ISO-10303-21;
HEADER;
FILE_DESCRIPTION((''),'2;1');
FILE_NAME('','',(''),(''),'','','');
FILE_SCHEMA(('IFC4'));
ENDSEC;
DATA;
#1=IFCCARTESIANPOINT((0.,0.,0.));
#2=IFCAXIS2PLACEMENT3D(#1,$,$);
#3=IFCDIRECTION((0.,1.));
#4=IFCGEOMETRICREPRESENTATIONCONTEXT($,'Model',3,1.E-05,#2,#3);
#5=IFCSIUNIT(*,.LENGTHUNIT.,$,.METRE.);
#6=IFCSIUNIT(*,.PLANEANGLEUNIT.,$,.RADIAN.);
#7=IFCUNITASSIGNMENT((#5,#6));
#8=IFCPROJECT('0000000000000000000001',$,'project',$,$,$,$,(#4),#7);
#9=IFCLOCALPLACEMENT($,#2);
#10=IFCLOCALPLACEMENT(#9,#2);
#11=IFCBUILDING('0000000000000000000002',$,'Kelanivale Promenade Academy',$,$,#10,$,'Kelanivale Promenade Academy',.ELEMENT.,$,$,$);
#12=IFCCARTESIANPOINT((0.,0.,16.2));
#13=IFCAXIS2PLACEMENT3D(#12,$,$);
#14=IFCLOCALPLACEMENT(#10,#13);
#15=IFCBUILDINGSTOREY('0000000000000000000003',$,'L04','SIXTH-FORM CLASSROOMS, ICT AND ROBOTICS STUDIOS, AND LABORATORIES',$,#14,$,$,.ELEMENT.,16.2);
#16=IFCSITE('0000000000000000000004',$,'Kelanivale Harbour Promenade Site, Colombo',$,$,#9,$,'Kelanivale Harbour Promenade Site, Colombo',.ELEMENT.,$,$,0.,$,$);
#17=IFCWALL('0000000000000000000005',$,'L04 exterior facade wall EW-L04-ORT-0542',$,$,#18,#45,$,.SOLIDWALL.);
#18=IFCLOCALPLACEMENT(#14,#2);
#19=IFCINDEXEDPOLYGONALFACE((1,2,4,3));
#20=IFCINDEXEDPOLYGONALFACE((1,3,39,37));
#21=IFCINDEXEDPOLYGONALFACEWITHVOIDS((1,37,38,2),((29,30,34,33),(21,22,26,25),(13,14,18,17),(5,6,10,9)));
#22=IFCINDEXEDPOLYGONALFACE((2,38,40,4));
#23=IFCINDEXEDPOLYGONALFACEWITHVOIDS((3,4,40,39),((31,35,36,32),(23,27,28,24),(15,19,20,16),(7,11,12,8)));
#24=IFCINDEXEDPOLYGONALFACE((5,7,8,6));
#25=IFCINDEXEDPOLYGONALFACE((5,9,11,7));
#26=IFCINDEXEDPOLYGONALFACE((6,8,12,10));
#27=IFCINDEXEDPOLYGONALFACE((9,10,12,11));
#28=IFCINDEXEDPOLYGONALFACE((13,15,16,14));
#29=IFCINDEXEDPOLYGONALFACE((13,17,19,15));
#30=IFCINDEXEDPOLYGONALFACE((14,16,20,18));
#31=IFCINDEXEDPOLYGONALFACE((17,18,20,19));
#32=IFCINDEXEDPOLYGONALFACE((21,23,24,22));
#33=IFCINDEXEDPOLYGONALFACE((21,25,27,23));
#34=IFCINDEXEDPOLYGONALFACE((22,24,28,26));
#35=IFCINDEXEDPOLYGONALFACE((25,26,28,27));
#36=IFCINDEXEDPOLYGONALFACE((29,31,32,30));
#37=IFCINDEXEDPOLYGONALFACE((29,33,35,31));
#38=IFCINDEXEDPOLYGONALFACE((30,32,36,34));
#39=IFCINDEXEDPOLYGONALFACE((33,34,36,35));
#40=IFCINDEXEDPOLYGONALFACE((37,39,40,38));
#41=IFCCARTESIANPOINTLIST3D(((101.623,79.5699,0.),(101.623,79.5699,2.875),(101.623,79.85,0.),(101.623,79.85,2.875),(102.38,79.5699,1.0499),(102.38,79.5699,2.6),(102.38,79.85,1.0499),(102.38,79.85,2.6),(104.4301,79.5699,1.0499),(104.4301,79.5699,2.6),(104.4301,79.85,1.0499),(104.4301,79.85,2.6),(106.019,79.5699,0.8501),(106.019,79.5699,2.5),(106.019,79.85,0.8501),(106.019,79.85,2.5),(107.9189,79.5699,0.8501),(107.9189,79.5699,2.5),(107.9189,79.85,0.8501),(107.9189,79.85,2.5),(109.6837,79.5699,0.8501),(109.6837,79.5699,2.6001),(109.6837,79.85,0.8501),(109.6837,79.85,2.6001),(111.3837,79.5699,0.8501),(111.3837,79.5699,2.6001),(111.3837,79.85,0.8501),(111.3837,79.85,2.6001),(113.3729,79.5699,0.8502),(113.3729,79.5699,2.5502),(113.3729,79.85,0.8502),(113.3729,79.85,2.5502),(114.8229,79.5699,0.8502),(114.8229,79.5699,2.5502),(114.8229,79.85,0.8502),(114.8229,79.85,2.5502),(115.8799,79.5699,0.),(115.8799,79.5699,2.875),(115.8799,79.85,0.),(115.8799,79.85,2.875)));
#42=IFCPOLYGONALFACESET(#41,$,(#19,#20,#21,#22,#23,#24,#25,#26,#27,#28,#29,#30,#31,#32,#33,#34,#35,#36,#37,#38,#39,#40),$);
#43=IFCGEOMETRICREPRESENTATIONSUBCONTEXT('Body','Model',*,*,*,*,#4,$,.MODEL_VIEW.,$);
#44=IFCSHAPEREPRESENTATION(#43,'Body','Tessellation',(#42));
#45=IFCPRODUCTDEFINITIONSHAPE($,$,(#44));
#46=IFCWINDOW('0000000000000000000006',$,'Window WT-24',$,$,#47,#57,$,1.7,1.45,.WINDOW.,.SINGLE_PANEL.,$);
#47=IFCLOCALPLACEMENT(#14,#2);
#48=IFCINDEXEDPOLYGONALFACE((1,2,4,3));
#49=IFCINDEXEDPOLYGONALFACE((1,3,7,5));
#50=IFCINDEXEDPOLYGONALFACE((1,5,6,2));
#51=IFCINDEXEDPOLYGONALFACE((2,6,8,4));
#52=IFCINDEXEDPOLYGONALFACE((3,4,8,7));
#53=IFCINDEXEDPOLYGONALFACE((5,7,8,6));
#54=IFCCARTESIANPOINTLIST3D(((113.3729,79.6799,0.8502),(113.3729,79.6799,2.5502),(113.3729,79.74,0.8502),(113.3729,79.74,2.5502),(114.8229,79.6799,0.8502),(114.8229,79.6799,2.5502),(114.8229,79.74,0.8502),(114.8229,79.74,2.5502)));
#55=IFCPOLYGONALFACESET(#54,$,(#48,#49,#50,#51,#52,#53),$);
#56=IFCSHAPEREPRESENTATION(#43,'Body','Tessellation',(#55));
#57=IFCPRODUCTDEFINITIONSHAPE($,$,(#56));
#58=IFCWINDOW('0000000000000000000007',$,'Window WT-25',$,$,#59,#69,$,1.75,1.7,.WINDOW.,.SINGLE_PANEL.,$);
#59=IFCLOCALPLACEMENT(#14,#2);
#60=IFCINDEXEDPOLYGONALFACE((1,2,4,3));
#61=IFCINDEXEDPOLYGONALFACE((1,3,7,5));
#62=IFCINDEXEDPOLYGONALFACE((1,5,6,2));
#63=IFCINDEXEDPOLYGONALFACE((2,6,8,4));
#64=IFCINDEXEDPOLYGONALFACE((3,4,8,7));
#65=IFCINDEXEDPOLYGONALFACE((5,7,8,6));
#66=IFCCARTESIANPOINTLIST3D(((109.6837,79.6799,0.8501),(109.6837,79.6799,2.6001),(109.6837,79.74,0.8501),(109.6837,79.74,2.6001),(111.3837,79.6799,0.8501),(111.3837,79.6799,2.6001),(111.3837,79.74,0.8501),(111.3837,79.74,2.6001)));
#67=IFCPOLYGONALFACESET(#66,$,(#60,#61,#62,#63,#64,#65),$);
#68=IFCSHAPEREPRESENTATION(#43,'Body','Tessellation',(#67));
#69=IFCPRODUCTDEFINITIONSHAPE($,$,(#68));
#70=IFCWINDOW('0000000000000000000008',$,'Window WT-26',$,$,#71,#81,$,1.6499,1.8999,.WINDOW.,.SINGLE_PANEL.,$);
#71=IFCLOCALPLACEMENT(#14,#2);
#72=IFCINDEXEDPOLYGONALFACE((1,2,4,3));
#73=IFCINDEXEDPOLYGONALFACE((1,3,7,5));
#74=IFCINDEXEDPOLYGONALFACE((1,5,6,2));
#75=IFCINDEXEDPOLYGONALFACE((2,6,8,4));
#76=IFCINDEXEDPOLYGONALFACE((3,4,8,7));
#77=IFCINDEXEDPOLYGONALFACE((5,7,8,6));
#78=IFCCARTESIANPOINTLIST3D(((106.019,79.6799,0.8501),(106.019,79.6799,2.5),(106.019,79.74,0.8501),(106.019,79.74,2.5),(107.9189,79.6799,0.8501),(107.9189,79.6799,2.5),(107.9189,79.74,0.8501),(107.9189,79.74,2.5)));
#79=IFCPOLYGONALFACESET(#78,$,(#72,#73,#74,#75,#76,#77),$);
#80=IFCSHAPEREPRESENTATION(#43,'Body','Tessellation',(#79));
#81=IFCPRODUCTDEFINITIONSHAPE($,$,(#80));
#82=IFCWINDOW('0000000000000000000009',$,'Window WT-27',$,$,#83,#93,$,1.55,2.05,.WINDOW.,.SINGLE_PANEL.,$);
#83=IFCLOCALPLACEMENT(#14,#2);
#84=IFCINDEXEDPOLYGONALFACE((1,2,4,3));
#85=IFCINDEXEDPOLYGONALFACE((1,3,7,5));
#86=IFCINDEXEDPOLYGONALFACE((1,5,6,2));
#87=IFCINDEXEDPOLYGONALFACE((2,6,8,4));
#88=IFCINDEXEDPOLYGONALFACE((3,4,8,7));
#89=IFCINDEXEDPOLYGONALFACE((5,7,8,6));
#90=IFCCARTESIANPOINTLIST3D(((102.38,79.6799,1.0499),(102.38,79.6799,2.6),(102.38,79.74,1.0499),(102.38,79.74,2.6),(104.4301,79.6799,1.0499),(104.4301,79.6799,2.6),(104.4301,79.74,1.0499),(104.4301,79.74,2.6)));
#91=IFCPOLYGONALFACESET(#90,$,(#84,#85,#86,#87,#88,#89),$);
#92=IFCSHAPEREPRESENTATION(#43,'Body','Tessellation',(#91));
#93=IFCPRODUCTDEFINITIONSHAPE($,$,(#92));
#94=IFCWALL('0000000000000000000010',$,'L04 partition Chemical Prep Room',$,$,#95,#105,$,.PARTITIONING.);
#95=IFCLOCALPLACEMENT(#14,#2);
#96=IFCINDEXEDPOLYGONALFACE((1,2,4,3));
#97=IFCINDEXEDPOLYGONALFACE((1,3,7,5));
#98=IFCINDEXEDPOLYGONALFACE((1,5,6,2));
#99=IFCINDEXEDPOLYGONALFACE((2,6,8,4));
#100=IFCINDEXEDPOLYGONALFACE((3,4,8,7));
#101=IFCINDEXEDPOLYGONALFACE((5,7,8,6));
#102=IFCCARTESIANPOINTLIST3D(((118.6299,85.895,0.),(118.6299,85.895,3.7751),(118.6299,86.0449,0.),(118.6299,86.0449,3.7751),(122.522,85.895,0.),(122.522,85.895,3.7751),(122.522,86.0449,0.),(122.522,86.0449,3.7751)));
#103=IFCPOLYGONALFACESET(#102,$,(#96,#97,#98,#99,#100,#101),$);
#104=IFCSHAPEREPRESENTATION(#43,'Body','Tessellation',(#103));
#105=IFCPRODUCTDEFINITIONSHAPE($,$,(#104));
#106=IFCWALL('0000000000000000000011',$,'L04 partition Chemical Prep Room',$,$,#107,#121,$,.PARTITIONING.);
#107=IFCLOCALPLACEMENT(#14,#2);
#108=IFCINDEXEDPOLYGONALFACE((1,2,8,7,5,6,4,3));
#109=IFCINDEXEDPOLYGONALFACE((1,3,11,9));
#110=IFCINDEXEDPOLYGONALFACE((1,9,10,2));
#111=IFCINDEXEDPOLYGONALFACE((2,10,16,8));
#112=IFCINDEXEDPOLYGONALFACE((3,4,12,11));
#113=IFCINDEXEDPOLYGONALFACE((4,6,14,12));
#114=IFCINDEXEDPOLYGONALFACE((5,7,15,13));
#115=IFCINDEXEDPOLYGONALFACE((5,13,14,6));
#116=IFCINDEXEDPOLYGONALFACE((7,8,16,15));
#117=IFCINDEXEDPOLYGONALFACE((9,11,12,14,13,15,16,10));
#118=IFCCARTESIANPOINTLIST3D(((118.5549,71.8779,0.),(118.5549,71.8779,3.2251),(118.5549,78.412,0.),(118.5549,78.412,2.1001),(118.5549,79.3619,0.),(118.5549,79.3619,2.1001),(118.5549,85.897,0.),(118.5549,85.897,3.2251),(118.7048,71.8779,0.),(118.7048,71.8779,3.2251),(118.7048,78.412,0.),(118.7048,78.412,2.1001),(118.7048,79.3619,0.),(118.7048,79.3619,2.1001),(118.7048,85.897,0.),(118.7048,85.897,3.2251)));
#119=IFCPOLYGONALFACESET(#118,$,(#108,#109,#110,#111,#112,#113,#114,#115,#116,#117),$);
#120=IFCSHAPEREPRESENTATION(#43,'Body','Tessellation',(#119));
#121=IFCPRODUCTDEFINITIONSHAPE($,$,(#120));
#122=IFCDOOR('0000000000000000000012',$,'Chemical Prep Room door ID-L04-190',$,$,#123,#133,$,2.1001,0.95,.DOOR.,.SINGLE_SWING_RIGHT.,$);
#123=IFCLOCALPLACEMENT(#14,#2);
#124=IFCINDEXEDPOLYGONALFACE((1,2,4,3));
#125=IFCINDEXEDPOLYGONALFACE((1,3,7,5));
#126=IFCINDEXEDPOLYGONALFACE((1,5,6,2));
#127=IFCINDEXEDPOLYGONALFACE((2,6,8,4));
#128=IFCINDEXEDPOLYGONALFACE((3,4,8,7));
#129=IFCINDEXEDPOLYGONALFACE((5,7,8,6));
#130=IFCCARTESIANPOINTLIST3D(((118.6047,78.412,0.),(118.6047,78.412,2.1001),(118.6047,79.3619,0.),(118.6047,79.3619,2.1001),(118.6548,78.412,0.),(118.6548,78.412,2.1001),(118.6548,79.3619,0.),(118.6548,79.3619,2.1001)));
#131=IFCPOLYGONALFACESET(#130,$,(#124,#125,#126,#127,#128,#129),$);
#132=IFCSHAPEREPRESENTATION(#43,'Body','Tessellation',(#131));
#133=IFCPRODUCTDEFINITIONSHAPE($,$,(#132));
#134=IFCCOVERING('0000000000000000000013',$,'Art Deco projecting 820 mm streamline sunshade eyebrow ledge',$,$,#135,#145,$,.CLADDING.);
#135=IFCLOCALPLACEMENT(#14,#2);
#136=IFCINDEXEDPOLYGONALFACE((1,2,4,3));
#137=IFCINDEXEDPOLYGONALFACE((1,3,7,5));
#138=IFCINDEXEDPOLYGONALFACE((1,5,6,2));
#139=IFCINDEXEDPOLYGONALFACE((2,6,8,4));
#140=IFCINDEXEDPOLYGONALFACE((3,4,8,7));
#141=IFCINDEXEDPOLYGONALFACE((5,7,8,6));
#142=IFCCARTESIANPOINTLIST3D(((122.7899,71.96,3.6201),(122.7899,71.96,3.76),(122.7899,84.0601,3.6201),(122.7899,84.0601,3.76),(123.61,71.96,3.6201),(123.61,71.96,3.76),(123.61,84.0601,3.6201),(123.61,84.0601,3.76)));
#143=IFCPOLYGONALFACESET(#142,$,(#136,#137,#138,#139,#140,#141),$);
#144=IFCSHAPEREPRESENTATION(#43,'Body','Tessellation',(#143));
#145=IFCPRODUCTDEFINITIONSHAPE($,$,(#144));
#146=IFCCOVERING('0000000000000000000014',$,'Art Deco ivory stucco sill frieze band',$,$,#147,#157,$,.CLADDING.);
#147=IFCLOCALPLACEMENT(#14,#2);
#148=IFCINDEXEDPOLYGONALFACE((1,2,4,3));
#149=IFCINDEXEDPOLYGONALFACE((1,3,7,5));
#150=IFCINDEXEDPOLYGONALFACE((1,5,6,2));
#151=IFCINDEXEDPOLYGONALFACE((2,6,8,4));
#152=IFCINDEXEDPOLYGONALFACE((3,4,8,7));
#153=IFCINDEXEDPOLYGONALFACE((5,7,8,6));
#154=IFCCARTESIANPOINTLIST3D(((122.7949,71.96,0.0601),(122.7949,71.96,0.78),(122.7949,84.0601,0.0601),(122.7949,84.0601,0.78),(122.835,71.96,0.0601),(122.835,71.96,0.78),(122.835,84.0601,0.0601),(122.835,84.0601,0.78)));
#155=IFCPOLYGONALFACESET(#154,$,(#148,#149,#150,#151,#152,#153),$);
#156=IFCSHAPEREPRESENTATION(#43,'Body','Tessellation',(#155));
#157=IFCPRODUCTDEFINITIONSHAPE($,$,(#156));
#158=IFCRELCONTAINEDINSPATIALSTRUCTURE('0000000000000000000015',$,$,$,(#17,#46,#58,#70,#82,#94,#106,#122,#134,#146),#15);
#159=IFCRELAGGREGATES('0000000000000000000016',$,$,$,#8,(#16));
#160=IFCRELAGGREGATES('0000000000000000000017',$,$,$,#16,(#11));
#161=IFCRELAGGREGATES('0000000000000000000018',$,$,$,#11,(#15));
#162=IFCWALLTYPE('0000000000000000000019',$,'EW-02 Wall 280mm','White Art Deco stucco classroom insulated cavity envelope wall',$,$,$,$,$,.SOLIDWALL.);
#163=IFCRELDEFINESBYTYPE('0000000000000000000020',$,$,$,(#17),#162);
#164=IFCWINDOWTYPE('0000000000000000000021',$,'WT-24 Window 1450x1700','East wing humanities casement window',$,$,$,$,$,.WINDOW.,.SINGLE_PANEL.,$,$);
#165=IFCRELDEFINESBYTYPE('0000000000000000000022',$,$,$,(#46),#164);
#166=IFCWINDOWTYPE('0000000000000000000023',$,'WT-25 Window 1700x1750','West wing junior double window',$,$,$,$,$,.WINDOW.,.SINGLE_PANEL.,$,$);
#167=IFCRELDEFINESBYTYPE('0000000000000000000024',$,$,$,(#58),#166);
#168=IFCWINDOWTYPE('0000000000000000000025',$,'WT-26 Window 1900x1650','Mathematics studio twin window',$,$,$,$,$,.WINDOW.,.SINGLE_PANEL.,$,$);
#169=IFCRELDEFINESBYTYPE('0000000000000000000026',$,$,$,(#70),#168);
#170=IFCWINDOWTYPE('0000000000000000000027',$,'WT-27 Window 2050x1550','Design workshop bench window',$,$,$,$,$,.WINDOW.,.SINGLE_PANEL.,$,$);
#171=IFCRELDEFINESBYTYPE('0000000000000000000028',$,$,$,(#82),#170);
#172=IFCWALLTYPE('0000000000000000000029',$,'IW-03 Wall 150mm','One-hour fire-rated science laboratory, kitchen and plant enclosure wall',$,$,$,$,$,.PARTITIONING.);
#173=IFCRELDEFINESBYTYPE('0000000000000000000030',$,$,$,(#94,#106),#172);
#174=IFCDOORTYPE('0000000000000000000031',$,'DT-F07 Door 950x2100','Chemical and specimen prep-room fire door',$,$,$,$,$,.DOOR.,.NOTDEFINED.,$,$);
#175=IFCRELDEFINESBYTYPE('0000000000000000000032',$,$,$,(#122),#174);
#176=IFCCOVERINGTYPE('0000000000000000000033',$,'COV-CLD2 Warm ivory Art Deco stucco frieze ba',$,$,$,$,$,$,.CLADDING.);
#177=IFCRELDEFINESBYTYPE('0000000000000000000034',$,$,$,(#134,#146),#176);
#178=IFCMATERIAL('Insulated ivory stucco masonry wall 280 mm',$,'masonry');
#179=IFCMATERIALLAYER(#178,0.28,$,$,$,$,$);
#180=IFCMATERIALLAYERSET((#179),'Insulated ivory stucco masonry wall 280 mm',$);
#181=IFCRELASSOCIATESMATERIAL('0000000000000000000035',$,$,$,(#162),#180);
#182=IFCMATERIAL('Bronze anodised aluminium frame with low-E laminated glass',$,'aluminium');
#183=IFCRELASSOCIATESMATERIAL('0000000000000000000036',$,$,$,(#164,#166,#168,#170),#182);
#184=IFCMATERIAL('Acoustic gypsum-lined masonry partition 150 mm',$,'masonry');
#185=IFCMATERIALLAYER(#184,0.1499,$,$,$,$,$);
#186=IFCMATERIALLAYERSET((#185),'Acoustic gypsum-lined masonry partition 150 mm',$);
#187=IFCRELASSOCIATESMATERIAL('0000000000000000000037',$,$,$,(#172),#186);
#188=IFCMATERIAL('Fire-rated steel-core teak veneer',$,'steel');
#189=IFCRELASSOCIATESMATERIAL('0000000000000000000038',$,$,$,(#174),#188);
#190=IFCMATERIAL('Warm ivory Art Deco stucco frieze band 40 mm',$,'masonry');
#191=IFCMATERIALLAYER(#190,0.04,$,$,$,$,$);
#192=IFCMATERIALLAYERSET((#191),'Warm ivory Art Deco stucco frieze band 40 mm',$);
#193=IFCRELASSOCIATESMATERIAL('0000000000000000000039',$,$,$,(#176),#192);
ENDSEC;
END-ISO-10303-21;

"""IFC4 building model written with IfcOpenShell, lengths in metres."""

from ifc_helpers import new_model, si_unit, direction, frame, frame_2d, origin, origin_2d, place, context, subcontext, project, spatial, rectangle, extrude, material, layer, layer_set, type_object, element, fill, save


model = new_model("IFC4")

# Units and contexts
model_context = context("Model", 3, precision=1e-05, world=origin(), true_north=direction((0.0, 1.0)))
body_context = subcontext(model_context, "Body", "Model", "MODEL_VIEW")
ifc_project = project(units=[si_unit("LENGTHUNIT", "METRE"), si_unit("PLANEANGLEUNIT", "RADIAN")], contexts=[model_context])

# Site, building, storey
site_placement = place(None, origin())
site = spatial("IfcSite", under=ifc_project, at=site_placement, Name="Kelanivale Harbour Promenade Site, Colombo", LongName="Kelanivale Harbour Promenade Site, Colombo", CompositionType="ELEMENT", RefElevation=0.0)
building_placement = place(site_placement, origin())
building = spatial("IfcBuilding", under=site, at=building_placement, Name="Kelanivale Promenade Academy", LongName="Kelanivale Promenade Academy", CompositionType="ELEMENT")
storey_placement = place(building_placement, frame((0.0, 0.0, 16.2)))
storey = spatial("IfcBuildingStorey", under=building, at=storey_placement, Name="L04", Description="SIXTH-FORM CLASSROOMS, ICT AND ROBOTICS STUDIOS, AND LABORATORIES", CompositionType="ELEMENT", Elevation=16.2)

# Wall, openings, windows
ifc_material_1 = material(Name="Insulated ivory stucco masonry wall 280 mm", Category="masonry")
ifc_layer_1 = layer(ifc_material_1, 0.28)
ifc_layer_set_1 = layer_set([ifc_layer_1], Name="Insulated ivory stucco masonry wall 280 mm")
wall_type_1 = type_object("IfcWallType", Name="EW-02 Wall 280mm", Description="White Art Deco stucco classroom insulated cavity envelope wall", PredefinedType="SOLIDWALL", material=ifc_layer_set_1)
ifc_material_2 = material(Name="Bronze anodised aluminium frame with low-E laminated glass", Category="aluminium")
wall_1_placement = place(storey_placement, frame((115.8799, 79.71, 0.0), z_axis=(0.0, 0.0, 1.0), x_axis=(-1.0, 0.0, 0.0)))
wall_1 = element("IfcWall", 1, at=wall_1_placement, inside=storey, type_object=wall_type_1, Name="L04 exterior facade wall EW-L04-ORT-0542", PredefinedType="SOLIDWALL", context=body_context, shape_type="SweptSolid", body=[
    extrude(rectangle(XDim=14.2568, YDim=0.28, at=frame_2d((7.1284, 0.0))), origin(), (0.0, 0.0, 1.0), 2.875),
])
opening_1_placement = place(wall_1_placement, frame((1.0569, 0.0, 0.8501)))
opening_1 = element("IfcOpeningElement", 2, at=opening_1_placement, cuts=wall_1, PredefinedType="OPENING", context=body_context, shape_type="SweptSolid", body=[
    extrude(rectangle(XDim=1.45, YDim=1.7, at=frame_2d((0.7251, 0.8501))), frame((0.0, 0.1499, 0.0), z_axis=(0.0, -1.0, 0.0), x_axis=(1.0, 0.0, 0.0)), (0.0, 0.0, 1.0), 0.3),
])
opening_2_placement = place(wall_1_placement, frame((4.4961, 0.0, 0.8501)))
opening_2 = element("IfcOpeningElement", 3, at=opening_2_placement, cuts=wall_1, PredefinedType="OPENING", context=body_context, shape_type="SweptSolid", body=[
    extrude(rectangle(XDim=1.7, YDim=1.75, at=frame_2d((0.8501, 0.875))), frame((0.0, 0.1499, 0.0), z_axis=(0.0, -1.0, 0.0), x_axis=(1.0, 0.0, 0.0)), (0.0, 0.0, 1.0), 0.3),
])
opening_3_placement = place(wall_1_placement, frame((7.9609, 0.0, 0.8501)))
opening_3 = element("IfcOpeningElement", 4, at=opening_3_placement, cuts=wall_1, PredefinedType="OPENING", context=body_context, shape_type="SweptSolid", body=[
    extrude(rectangle(XDim=1.8999, YDim=1.6499, at=frame_2d((0.95, 0.825))), frame((0.0, 0.1499, 0.0), z_axis=(0.0, -1.0, 0.0), x_axis=(1.0, 0.0, 0.0)), (0.0, 0.0, 1.0), 0.3),
])
opening_4_placement = place(wall_1_placement, frame((11.45, 0.0, 1.05)))
opening_4 = element("IfcOpeningElement", 5, at=opening_4_placement, cuts=wall_1, PredefinedType="OPENING", context=body_context, shape_type="SweptSolid", body=[
    extrude(rectangle(XDim=2.05, YDim=1.55, at=frame_2d((1.0249, 0.7749))), frame((0.0, 0.1499, 0.0), z_axis=(0.0, -1.0, 0.0), x_axis=(1.0, 0.0, 0.0)), (0.0, 0.0, 1.0), 0.3),
])
window_type_1 = type_object("IfcWindowType", Name="WT-24 Window 1450x1700", Description="East wing humanities casement window", PartitioningType="SINGLE_PANEL", PredefinedType="WINDOW", material=ifc_material_2)
window_1_placement = place(opening_1_placement, origin())
window_1 = element("IfcWindow", 6, at=window_1_placement, inside=storey, type_object=window_type_1, Name="Window WT-24", OverallHeight=1.7, OverallWidth=1.45, PartitioningType="SINGLE_PANEL", PredefinedType="WINDOW", context=body_context, shape_type="SweptSolid", body=[
    extrude(rectangle(XDim=1.45, YDim=1.7, at=frame_2d((0.7251, 0.8501))), frame((0.0, 0.03, 0.0), z_axis=(0.0, -1.0, 0.0), x_axis=(1.0, 0.0, 0.0)), (0.0, 0.0, 1.0), 0.0601),
])
fill(opening_1, window_1)
window_type_2 = type_object("IfcWindowType", Name="WT-25 Window 1700x1750", Description="West wing junior double window", PartitioningType="SINGLE_PANEL", PredefinedType="WINDOW", material=ifc_material_2)
window_2_placement = place(opening_2_placement, origin())
window_2 = element("IfcWindow", 7, at=window_2_placement, inside=storey, type_object=window_type_2, Name="Window WT-25", OverallHeight=1.75, OverallWidth=1.7, PartitioningType="SINGLE_PANEL", PredefinedType="WINDOW", context=body_context, shape_type="SweptSolid", body=[
    extrude(rectangle(XDim=1.7, YDim=1.75, at=frame_2d((0.8501, 0.875))), frame((0.0, 0.03, 0.0), z_axis=(0.0, -1.0, 0.0), x_axis=(1.0, 0.0, 0.0)), (0.0, 0.0, 1.0), 0.0601),
])
fill(opening_2, window_2)
window_type_3 = type_object("IfcWindowType", Name="WT-26 Window 1900x1650", Description="Mathematics studio twin window", PartitioningType="SINGLE_PANEL", PredefinedType="WINDOW", material=ifc_material_2)
window_3_placement = place(opening_3_placement, origin())
window_3 = element("IfcWindow", 8, at=window_3_placement, inside=storey, type_object=window_type_3, Name="Window WT-26", OverallHeight=1.6499, OverallWidth=1.8999, PartitioningType="SINGLE_PANEL", PredefinedType="WINDOW", context=body_context, shape_type="SweptSolid", body=[
    extrude(rectangle(XDim=1.8999, YDim=1.6499, at=frame_2d((0.95, 0.825))), frame((0.0, 0.03, 0.0), z_axis=(0.0, -1.0, 0.0), x_axis=(1.0, 0.0, 0.0)), (0.0, 0.0, 1.0), 0.0601),
])
fill(opening_3, window_3)
window_type_4 = type_object("IfcWindowType", Name="WT-27 Window 2050x1550", Description="Design workshop bench window", PartitioningType="SINGLE_PANEL", PredefinedType="WINDOW", material=ifc_material_2)
window_4_placement = place(opening_4_placement, origin())
window_4 = element("IfcWindow", 9, at=window_4_placement, inside=storey, type_object=window_type_4, Name="Window WT-27", OverallHeight=1.55, OverallWidth=2.05, PartitioningType="SINGLE_PANEL", PredefinedType="WINDOW", context=body_context, shape_type="SweptSolid", body=[
    extrude(rectangle(XDim=2.05, YDim=1.55, at=frame_2d((1.0249, 0.7749))), frame((0.0, 0.03, 0.0), z_axis=(0.0, -1.0, 0.0), x_axis=(1.0, 0.0, 0.0)), (0.0, 0.0, 1.0), 0.0601),
])
fill(opening_4, window_4)

# Wall
ifc_material_3 = material(Name="Acoustic gypsum-lined masonry partition 150 mm", Category="masonry")
ifc_layer_2 = layer(ifc_material_3, 0.1499)
ifc_layer_set_2 = layer_set([ifc_layer_2], Name="Acoustic gypsum-lined masonry partition 150 mm")
wall_type_2 = type_object("IfcWallType", Name="IW-03 Wall 150mm", Description="One-hour fire-rated science laboratory, kitchen and plant enclosure wall", PredefinedType="PARTITIONING", material=ifc_layer_set_2)
wall_2_placement = place(storey_placement, frame((122.522, 85.97, 0.0), z_axis=(0.0, 0.0, 1.0), x_axis=(-1.0, 0.0, 0.0)))
element("IfcWall", 10, at=wall_2_placement, inside=storey, type_object=wall_type_2, Name="L04 partition Chemical Prep Room", PredefinedType="PARTITIONING", context=body_context, shape_type="SweptSolid", body=[
    extrude(rectangle(XDim=3.8921, YDim=0.1499, at=frame_2d((1.946, 0.0))), origin(), (0.0, 0.0, 1.0), 3.7751),
])

# Wall, opening, door
wall_3_placement = place(storey_placement, frame((118.6299, 85.897, 0.0), z_axis=(0.0, 0.0, 1.0), x_axis=(0.0, -1.0, 0.0)))
wall_3 = element("IfcWall", 11, at=wall_3_placement, inside=storey, type_object=wall_type_2, Name="L04 partition Chemical Prep Room", PredefinedType="PARTITIONING", context=body_context, shape_type="SweptSolid", body=[
    extrude(rectangle(XDim=14.019, YDim=0.1499, at=frame_2d((7.0095, 0.0))), origin(), (0.0, 0.0, 1.0), 3.2251),
])
opening_5_placement = place(wall_3_placement, frame((6.5349, 0.0, 0.0)))
opening_5 = element("IfcOpeningElement", 12, at=opening_5_placement, cuts=wall_3, PredefinedType="OPENING", context=body_context, shape_type="SweptSolid", body=[
    extrude(rectangle(XDim=0.95, YDim=2.1001, at=frame_2d((0.4751, 1.05))), frame((0.0, 0.085, 0.0), z_axis=(0.0, -1.0, 0.0), x_axis=(1.0, 0.0, 0.0)), (0.0, 0.0, 1.0), 0.1699),
])
ifc_material_4 = material(Name="Fire-rated steel-core teak veneer", Category="steel")
door_type = type_object("IfcDoorType", Name="DT-F07 Door 950x2100", Description="Chemical and specimen prep-room fire door", OperationType="NOTDEFINED", PredefinedType="DOOR", material=ifc_material_4)
door_placement = place(opening_5_placement, origin())
door = element("IfcDoor", 13, at=door_placement, inside=storey, type_object=door_type, Name="Chemical Prep Room door ID-L04-190", OperationType="SINGLE_SWING_RIGHT", OverallHeight=2.1001, OverallWidth=0.95, PredefinedType="DOOR", context=body_context, shape_type="SweptSolid", body=[
    extrude(rectangle(XDim=0.95, YDim=2.1001, at=frame_2d((0.4751, 1.05))), frame((0.0, 0.0249, 0.0), z_axis=(0.0, -1.0, 0.0), x_axis=(1.0, 0.0, 0.0)), (0.0, 0.0, 1.0), 0.05),
])
fill(opening_5, door)

# Coverings
ifc_material_5 = material(Name="Warm ivory Art Deco stucco frieze band 40 mm", Category="masonry")
ifc_layer_3 = layer(ifc_material_5, 0.04)
ifc_layer_set_3 = layer_set([ifc_layer_3], Name="Warm ivory Art Deco stucco frieze band 40 mm")
covering_type = type_object("IfcCoveringType", Name="COV-CLD2 Warm ivory Art Deco stucco frieze ba", PredefinedType="CLADDING", material=ifc_layer_set_3)
covering_1_placement = place(storey_placement, frame((123.2, 78.01, 3.6201), z_axis=(0.0, 0.0, 1.0), x_axis=(0.0, 1.0, 0.0)))
element("IfcCovering", 14, at=covering_1_placement, inside=storey, type_object=covering_type, Name="Art Deco projecting 820 mm streamline sunshade eyebrow ledge", PredefinedType="CLADDING", context=body_context, shape_type="SweptSolid", body=[
    extrude(rectangle(XDim=12.1001, YDim=0.8201, at=origin_2d()), origin(), (0.0, 0.0, 1.0), 0.1399),
])
covering_2_placement = place(storey_placement, frame((122.8149, 78.01, 0.0601), z_axis=(0.0, 0.0, 1.0), x_axis=(0.0, 1.0, 0.0)))
element("IfcCovering", 15, at=covering_2_placement, inside=storey, type_object=covering_type, Name="Art Deco ivory stucco sill frieze band", PredefinedType="CLADDING", context=body_context, shape_type="SweptSolid", body=[
    extrude(rectangle(XDim=12.1001, YDim=0.04, at=origin_2d()), origin(), (0.0, 0.0, 1.0), 0.72),
])

save(model, "model.ifc")
